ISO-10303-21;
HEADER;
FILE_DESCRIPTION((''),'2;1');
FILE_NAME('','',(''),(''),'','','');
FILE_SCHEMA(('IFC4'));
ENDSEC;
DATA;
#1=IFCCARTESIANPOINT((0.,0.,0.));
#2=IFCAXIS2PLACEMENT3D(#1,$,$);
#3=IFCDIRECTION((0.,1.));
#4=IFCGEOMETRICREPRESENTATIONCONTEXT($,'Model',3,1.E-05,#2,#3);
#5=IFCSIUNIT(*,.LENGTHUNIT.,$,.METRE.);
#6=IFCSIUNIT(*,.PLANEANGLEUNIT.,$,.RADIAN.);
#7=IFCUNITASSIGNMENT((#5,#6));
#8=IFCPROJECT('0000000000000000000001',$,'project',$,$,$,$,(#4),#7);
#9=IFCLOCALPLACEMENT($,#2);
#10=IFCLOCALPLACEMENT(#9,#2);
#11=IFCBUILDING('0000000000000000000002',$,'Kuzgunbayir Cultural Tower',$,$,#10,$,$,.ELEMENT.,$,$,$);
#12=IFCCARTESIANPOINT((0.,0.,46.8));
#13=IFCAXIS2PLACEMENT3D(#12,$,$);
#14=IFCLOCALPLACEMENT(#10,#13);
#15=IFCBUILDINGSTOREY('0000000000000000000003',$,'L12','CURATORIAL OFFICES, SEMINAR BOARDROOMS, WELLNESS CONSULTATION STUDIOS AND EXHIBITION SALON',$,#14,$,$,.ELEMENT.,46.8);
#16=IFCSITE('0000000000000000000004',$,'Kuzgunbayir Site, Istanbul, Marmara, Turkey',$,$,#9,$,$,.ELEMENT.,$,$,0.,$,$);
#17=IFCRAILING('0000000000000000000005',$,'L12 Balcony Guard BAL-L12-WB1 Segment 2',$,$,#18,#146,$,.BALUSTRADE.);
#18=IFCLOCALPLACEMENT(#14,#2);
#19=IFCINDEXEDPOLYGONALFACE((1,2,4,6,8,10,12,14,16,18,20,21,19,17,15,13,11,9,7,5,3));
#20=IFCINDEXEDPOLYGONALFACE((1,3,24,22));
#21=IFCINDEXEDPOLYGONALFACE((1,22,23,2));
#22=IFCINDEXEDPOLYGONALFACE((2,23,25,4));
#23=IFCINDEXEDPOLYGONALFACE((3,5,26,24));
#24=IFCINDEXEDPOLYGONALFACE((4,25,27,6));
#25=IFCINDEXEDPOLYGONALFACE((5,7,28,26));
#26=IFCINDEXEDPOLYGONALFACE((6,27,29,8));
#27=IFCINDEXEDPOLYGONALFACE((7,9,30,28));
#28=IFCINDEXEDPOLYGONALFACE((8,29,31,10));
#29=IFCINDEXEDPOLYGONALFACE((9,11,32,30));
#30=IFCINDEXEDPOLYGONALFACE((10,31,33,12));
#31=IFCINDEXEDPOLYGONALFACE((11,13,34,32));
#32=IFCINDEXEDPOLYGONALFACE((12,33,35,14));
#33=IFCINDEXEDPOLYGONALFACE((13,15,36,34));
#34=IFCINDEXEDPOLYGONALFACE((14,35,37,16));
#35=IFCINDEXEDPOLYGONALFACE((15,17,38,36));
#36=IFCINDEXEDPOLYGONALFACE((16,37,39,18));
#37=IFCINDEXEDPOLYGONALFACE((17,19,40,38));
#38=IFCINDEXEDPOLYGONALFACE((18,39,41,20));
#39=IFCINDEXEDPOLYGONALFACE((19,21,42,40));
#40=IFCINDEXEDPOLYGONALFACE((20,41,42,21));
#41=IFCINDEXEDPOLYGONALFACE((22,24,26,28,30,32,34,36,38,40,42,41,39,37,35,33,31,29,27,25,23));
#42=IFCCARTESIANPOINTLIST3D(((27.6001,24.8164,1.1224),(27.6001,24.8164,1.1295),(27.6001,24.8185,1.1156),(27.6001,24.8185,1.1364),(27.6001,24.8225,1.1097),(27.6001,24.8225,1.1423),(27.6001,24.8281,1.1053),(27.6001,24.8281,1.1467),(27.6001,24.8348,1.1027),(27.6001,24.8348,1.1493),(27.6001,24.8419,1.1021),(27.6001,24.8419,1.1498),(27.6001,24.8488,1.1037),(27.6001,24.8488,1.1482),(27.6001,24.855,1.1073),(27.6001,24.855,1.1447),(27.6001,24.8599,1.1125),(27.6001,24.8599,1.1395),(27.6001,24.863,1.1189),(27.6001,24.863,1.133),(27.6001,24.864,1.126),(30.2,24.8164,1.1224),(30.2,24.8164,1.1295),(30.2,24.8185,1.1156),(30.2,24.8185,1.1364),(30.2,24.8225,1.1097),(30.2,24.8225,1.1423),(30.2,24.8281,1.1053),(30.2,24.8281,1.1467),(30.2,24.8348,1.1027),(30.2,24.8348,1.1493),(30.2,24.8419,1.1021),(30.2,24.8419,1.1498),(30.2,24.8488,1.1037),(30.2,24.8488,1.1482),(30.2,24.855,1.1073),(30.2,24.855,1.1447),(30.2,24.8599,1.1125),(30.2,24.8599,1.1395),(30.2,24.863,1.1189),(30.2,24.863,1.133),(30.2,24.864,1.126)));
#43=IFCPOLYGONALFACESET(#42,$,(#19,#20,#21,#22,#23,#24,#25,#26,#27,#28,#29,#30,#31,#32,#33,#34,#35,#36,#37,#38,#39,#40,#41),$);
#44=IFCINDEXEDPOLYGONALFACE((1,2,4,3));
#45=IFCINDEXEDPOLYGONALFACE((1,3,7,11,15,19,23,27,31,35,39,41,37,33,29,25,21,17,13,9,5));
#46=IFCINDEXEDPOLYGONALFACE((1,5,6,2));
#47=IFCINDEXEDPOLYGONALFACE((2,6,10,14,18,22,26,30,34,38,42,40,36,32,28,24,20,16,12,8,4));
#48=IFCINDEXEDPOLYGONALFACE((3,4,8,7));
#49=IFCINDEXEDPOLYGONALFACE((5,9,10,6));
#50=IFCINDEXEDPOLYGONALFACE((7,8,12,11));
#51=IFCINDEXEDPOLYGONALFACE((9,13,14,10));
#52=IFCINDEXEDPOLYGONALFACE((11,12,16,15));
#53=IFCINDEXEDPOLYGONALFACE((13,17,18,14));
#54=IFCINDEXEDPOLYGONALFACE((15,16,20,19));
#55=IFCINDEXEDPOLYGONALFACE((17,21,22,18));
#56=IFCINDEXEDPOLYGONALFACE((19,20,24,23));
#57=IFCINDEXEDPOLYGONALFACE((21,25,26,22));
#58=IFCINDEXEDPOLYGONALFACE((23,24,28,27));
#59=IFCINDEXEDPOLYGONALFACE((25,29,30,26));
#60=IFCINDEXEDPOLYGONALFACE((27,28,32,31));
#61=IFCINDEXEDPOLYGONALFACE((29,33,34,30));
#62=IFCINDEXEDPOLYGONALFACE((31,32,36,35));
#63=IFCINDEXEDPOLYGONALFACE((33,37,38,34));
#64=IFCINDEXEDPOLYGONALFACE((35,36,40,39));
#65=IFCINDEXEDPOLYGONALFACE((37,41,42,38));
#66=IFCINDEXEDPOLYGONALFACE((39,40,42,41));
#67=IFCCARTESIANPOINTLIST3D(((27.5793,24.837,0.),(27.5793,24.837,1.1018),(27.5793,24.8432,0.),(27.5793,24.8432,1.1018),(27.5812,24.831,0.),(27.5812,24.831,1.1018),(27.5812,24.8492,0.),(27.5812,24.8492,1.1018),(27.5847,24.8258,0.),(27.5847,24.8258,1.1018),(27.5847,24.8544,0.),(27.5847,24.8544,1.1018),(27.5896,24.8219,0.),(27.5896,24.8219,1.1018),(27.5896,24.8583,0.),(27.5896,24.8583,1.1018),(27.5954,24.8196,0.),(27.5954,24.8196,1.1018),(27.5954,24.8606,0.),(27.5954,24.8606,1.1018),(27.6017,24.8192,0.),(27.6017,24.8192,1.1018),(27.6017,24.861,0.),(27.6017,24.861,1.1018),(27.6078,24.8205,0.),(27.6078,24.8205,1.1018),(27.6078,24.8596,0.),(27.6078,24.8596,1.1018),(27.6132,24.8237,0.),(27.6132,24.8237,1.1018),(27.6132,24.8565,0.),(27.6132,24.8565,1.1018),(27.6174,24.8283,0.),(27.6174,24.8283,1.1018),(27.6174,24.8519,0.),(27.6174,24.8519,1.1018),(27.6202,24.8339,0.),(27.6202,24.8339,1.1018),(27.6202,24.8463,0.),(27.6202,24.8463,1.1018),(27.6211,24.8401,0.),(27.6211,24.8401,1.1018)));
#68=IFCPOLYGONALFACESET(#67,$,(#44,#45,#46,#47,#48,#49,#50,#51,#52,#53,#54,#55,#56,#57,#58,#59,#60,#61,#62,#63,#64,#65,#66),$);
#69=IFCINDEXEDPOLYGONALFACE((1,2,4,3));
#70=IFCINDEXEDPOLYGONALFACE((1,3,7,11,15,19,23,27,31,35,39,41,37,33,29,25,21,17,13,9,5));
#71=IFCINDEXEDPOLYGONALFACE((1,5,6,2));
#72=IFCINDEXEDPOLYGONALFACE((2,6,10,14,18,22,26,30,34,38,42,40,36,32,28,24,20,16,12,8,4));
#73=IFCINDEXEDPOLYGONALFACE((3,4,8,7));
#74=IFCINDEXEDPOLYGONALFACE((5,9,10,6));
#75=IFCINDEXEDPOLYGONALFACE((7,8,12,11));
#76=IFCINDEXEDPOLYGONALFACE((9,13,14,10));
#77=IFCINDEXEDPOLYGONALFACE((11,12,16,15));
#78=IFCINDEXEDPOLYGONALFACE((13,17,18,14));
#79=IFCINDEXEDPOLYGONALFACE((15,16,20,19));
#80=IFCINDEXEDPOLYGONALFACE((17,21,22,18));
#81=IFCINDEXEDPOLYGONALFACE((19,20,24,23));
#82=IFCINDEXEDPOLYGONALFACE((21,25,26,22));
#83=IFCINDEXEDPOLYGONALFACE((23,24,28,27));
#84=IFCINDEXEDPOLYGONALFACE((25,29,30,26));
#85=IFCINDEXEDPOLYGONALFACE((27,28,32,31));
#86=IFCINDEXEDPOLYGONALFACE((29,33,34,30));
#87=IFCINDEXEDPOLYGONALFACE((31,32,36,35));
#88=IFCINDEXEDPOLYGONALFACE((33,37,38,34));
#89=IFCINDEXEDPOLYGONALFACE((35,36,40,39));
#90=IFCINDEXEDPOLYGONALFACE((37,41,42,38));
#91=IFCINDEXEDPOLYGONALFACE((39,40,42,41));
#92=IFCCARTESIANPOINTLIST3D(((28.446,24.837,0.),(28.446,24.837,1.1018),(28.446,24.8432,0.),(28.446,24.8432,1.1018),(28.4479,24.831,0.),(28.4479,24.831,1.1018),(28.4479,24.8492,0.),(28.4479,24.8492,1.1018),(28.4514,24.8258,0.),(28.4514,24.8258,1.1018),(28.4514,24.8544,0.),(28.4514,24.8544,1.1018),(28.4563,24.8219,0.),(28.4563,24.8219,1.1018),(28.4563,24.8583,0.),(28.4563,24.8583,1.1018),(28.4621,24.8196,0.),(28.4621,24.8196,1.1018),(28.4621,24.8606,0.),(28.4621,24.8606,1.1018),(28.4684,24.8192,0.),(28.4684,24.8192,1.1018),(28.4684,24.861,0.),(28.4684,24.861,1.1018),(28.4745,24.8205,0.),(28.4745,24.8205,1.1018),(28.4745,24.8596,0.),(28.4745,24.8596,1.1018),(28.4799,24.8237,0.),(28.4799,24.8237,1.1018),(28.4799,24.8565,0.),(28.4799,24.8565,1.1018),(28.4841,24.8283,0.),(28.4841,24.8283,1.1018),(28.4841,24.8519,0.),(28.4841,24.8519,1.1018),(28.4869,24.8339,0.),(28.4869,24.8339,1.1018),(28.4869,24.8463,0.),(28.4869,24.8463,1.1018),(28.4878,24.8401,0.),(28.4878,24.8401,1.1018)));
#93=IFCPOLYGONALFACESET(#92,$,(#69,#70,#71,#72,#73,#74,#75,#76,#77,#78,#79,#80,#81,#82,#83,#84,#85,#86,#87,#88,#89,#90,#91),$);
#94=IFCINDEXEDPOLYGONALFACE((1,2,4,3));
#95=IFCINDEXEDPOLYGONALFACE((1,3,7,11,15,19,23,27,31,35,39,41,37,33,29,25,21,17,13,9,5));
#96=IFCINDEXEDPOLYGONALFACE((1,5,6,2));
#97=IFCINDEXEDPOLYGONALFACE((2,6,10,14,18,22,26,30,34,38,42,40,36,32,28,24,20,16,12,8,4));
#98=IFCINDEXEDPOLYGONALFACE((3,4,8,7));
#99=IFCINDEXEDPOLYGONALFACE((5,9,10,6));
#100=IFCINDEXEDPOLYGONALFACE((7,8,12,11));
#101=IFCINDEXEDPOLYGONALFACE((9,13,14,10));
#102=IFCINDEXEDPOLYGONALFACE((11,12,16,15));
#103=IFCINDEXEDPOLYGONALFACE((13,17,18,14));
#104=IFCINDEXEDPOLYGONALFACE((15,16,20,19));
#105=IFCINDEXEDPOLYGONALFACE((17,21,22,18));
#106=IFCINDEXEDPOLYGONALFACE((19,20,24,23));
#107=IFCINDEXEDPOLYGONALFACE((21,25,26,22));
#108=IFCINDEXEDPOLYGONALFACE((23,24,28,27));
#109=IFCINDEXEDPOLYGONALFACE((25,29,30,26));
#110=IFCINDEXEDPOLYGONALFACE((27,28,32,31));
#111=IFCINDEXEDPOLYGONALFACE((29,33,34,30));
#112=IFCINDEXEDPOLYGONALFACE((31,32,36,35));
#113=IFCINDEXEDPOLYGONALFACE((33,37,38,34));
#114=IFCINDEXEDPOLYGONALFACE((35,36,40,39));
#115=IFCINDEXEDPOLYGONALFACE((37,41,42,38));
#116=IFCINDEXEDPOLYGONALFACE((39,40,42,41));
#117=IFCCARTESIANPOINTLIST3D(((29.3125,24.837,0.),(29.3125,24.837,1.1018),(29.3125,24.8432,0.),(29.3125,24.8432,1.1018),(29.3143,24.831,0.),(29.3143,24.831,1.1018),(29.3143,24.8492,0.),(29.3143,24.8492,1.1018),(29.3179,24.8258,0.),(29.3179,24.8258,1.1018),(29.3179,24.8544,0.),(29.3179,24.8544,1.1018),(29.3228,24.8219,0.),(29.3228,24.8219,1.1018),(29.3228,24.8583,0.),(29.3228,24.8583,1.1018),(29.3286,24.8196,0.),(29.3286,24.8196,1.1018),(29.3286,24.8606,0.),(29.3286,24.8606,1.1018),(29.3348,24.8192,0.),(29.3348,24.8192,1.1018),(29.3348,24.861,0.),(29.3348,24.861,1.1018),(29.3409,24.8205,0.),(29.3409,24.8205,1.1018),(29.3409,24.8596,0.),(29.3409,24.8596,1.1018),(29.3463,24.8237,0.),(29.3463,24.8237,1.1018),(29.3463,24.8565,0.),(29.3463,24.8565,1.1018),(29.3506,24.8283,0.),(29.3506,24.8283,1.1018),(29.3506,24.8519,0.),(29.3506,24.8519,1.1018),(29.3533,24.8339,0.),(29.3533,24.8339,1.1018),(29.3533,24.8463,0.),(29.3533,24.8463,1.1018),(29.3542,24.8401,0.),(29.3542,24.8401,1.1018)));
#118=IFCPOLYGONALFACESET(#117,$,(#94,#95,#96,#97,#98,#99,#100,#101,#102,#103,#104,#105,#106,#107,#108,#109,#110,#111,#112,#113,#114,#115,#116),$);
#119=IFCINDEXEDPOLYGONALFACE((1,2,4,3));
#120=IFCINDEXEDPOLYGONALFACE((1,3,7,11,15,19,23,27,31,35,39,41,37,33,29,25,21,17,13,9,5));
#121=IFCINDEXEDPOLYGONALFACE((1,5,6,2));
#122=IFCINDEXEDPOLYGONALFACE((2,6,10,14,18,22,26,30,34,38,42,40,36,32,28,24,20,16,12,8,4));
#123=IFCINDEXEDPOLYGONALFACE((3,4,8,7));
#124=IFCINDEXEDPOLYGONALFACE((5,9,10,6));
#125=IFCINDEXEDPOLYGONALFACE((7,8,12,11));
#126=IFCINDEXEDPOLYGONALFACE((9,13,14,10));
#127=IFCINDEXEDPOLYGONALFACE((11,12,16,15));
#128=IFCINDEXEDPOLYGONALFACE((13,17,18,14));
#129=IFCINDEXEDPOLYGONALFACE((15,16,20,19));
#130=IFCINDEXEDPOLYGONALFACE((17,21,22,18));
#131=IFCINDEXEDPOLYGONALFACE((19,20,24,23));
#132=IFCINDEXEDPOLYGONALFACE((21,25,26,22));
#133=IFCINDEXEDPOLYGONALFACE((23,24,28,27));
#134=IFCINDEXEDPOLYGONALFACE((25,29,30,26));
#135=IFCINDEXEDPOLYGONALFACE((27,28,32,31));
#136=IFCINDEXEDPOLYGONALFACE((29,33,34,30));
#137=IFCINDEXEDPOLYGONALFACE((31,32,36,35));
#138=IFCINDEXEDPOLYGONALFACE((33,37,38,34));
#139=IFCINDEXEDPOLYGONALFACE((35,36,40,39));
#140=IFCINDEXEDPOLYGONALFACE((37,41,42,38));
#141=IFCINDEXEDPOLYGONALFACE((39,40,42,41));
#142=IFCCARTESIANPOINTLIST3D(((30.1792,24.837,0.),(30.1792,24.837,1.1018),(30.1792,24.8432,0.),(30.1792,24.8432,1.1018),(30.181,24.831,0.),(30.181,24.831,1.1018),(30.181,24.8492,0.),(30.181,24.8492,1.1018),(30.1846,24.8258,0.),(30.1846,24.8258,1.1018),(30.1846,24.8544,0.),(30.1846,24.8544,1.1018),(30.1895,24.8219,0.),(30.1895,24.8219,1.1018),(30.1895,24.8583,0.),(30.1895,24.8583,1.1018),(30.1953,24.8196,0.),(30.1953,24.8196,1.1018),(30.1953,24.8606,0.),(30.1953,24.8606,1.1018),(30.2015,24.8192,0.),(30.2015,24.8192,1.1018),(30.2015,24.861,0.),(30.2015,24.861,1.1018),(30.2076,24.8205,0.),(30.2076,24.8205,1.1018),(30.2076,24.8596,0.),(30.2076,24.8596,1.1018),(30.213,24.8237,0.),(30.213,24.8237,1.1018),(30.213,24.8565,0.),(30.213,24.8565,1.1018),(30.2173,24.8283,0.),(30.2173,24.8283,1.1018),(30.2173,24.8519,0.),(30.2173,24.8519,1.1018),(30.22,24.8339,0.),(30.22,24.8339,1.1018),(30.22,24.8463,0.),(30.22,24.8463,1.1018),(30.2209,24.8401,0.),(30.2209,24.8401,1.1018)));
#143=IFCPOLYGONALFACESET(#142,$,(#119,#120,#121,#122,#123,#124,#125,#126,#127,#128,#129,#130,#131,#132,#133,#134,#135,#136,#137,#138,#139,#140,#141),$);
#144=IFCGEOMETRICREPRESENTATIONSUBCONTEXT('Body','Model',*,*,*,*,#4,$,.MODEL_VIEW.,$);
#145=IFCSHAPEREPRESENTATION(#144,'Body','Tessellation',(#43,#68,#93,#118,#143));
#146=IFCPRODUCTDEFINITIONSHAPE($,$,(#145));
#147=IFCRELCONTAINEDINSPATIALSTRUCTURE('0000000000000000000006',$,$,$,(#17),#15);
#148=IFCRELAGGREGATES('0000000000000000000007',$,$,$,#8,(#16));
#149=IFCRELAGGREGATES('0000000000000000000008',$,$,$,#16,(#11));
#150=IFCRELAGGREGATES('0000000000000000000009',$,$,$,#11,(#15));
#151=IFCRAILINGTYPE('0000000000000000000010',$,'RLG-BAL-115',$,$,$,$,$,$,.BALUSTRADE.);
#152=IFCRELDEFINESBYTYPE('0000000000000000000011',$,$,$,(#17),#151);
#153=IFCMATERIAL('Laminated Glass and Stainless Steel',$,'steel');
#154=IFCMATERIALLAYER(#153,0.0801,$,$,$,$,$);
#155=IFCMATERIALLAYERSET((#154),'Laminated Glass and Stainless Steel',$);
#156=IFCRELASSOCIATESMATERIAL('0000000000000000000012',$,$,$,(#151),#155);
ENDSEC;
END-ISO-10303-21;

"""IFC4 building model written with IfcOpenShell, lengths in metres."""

from ifc_helpers import new_model, si_unit, direction, frame, origin, origin_2d, place, context, subcontext, project, spatial, circle, extrude, material, layer, layer_set, type_object, element, save


model = new_model("IFC4")

# Units and contexts
model_context = context("Model", 3, precision=1e-05, world=origin(), true_north=direction((0.0, 1.0)))
body_context = subcontext(model_context, "Body", "Model", "MODEL_VIEW")
ifc_project = project(units=[si_unit("LENGTHUNIT", "METRE"), si_unit("PLANEANGLEUNIT", "RADIAN")], contexts=[model_context])

# Site, building, storey
site_placement = place(None, origin())
site = spatial("IfcSite", under=ifc_project, at=site_placement, Name="Kuzgunbayir Site, Istanbul, Marmara, Turkey", CompositionType="ELEMENT", RefElevation=0.0)
building_placement = place(site_placement, origin())
building = spatial("IfcBuilding", under=site, at=building_placement, Name="Kuzgunbayir Cultural Tower", CompositionType="ELEMENT")
storey_placement = place(building_placement, frame((0.0, 0.0, 46.8)))
storey = spatial("IfcBuildingStorey", under=building, at=storey_placement, Name="L12", Description="CURATORIAL OFFICES, SEMINAR BOARDROOMS, WELLNESS CONSULTATION STUDIOS AND EXHIBITION SALON", CompositionType="ELEMENT", Elevation=46.8)

# Railing
ifc_material_1 = material(Name="Laminated Glass and Stainless Steel", Category="steel")
ifc_layer_1 = layer(ifc_material_1, 0.0801)
ifc_layer_set_1 = layer_set([ifc_layer_1], Name="Laminated Glass and Stainless Steel")
railing_type = type_object("IfcRailingType", Name="RLG-BAL-115", PredefinedType="BALUSTRADE", material=ifc_layer_set_1)
railing_1_placement = place(storey_placement, frame((27.6001, 24.8401, 0.0)))
element("IfcRailing", 1, at=railing_1_placement, inside=storey, type_object=railing_type, Name="L12 Balcony Guard BAL-L12-WB1 Segment 2", PredefinedType="BALUSTRADE", context=body_context, shape_type="SweptSolid", body=[
    extrude(circle(Radius=0.0239, at=origin_2d()), frame((0.0, 0.0, 1.126), z_axis=(1.0, 0.0, 0.0), x_axis=(0.0, 1.0, 0.0)), (0.0, 0.0, 1.0), 2.5999),
    extrude(circle(Radius=0.021, at=origin_2d()), origin(), (0.0, 0.0, 1.0), 1.1018),
    extrude(circle(Radius=0.021, at=origin_2d()), frame((0.8667, 0.0, 0.0)), (0.0, 0.0, 1.0), 1.1018),
    extrude(circle(Radius=0.021, at=origin_2d()), frame((1.7332, 0.0, 0.0)), (0.0, 0.0, 1.0), 1.1018),
    extrude(circle(Radius=0.021, at=origin_2d()), frame((2.5999, 0.0, 0.0)), (0.0, 0.0, 1.0), 1.1018),
])

save(model, "model.ifc")
